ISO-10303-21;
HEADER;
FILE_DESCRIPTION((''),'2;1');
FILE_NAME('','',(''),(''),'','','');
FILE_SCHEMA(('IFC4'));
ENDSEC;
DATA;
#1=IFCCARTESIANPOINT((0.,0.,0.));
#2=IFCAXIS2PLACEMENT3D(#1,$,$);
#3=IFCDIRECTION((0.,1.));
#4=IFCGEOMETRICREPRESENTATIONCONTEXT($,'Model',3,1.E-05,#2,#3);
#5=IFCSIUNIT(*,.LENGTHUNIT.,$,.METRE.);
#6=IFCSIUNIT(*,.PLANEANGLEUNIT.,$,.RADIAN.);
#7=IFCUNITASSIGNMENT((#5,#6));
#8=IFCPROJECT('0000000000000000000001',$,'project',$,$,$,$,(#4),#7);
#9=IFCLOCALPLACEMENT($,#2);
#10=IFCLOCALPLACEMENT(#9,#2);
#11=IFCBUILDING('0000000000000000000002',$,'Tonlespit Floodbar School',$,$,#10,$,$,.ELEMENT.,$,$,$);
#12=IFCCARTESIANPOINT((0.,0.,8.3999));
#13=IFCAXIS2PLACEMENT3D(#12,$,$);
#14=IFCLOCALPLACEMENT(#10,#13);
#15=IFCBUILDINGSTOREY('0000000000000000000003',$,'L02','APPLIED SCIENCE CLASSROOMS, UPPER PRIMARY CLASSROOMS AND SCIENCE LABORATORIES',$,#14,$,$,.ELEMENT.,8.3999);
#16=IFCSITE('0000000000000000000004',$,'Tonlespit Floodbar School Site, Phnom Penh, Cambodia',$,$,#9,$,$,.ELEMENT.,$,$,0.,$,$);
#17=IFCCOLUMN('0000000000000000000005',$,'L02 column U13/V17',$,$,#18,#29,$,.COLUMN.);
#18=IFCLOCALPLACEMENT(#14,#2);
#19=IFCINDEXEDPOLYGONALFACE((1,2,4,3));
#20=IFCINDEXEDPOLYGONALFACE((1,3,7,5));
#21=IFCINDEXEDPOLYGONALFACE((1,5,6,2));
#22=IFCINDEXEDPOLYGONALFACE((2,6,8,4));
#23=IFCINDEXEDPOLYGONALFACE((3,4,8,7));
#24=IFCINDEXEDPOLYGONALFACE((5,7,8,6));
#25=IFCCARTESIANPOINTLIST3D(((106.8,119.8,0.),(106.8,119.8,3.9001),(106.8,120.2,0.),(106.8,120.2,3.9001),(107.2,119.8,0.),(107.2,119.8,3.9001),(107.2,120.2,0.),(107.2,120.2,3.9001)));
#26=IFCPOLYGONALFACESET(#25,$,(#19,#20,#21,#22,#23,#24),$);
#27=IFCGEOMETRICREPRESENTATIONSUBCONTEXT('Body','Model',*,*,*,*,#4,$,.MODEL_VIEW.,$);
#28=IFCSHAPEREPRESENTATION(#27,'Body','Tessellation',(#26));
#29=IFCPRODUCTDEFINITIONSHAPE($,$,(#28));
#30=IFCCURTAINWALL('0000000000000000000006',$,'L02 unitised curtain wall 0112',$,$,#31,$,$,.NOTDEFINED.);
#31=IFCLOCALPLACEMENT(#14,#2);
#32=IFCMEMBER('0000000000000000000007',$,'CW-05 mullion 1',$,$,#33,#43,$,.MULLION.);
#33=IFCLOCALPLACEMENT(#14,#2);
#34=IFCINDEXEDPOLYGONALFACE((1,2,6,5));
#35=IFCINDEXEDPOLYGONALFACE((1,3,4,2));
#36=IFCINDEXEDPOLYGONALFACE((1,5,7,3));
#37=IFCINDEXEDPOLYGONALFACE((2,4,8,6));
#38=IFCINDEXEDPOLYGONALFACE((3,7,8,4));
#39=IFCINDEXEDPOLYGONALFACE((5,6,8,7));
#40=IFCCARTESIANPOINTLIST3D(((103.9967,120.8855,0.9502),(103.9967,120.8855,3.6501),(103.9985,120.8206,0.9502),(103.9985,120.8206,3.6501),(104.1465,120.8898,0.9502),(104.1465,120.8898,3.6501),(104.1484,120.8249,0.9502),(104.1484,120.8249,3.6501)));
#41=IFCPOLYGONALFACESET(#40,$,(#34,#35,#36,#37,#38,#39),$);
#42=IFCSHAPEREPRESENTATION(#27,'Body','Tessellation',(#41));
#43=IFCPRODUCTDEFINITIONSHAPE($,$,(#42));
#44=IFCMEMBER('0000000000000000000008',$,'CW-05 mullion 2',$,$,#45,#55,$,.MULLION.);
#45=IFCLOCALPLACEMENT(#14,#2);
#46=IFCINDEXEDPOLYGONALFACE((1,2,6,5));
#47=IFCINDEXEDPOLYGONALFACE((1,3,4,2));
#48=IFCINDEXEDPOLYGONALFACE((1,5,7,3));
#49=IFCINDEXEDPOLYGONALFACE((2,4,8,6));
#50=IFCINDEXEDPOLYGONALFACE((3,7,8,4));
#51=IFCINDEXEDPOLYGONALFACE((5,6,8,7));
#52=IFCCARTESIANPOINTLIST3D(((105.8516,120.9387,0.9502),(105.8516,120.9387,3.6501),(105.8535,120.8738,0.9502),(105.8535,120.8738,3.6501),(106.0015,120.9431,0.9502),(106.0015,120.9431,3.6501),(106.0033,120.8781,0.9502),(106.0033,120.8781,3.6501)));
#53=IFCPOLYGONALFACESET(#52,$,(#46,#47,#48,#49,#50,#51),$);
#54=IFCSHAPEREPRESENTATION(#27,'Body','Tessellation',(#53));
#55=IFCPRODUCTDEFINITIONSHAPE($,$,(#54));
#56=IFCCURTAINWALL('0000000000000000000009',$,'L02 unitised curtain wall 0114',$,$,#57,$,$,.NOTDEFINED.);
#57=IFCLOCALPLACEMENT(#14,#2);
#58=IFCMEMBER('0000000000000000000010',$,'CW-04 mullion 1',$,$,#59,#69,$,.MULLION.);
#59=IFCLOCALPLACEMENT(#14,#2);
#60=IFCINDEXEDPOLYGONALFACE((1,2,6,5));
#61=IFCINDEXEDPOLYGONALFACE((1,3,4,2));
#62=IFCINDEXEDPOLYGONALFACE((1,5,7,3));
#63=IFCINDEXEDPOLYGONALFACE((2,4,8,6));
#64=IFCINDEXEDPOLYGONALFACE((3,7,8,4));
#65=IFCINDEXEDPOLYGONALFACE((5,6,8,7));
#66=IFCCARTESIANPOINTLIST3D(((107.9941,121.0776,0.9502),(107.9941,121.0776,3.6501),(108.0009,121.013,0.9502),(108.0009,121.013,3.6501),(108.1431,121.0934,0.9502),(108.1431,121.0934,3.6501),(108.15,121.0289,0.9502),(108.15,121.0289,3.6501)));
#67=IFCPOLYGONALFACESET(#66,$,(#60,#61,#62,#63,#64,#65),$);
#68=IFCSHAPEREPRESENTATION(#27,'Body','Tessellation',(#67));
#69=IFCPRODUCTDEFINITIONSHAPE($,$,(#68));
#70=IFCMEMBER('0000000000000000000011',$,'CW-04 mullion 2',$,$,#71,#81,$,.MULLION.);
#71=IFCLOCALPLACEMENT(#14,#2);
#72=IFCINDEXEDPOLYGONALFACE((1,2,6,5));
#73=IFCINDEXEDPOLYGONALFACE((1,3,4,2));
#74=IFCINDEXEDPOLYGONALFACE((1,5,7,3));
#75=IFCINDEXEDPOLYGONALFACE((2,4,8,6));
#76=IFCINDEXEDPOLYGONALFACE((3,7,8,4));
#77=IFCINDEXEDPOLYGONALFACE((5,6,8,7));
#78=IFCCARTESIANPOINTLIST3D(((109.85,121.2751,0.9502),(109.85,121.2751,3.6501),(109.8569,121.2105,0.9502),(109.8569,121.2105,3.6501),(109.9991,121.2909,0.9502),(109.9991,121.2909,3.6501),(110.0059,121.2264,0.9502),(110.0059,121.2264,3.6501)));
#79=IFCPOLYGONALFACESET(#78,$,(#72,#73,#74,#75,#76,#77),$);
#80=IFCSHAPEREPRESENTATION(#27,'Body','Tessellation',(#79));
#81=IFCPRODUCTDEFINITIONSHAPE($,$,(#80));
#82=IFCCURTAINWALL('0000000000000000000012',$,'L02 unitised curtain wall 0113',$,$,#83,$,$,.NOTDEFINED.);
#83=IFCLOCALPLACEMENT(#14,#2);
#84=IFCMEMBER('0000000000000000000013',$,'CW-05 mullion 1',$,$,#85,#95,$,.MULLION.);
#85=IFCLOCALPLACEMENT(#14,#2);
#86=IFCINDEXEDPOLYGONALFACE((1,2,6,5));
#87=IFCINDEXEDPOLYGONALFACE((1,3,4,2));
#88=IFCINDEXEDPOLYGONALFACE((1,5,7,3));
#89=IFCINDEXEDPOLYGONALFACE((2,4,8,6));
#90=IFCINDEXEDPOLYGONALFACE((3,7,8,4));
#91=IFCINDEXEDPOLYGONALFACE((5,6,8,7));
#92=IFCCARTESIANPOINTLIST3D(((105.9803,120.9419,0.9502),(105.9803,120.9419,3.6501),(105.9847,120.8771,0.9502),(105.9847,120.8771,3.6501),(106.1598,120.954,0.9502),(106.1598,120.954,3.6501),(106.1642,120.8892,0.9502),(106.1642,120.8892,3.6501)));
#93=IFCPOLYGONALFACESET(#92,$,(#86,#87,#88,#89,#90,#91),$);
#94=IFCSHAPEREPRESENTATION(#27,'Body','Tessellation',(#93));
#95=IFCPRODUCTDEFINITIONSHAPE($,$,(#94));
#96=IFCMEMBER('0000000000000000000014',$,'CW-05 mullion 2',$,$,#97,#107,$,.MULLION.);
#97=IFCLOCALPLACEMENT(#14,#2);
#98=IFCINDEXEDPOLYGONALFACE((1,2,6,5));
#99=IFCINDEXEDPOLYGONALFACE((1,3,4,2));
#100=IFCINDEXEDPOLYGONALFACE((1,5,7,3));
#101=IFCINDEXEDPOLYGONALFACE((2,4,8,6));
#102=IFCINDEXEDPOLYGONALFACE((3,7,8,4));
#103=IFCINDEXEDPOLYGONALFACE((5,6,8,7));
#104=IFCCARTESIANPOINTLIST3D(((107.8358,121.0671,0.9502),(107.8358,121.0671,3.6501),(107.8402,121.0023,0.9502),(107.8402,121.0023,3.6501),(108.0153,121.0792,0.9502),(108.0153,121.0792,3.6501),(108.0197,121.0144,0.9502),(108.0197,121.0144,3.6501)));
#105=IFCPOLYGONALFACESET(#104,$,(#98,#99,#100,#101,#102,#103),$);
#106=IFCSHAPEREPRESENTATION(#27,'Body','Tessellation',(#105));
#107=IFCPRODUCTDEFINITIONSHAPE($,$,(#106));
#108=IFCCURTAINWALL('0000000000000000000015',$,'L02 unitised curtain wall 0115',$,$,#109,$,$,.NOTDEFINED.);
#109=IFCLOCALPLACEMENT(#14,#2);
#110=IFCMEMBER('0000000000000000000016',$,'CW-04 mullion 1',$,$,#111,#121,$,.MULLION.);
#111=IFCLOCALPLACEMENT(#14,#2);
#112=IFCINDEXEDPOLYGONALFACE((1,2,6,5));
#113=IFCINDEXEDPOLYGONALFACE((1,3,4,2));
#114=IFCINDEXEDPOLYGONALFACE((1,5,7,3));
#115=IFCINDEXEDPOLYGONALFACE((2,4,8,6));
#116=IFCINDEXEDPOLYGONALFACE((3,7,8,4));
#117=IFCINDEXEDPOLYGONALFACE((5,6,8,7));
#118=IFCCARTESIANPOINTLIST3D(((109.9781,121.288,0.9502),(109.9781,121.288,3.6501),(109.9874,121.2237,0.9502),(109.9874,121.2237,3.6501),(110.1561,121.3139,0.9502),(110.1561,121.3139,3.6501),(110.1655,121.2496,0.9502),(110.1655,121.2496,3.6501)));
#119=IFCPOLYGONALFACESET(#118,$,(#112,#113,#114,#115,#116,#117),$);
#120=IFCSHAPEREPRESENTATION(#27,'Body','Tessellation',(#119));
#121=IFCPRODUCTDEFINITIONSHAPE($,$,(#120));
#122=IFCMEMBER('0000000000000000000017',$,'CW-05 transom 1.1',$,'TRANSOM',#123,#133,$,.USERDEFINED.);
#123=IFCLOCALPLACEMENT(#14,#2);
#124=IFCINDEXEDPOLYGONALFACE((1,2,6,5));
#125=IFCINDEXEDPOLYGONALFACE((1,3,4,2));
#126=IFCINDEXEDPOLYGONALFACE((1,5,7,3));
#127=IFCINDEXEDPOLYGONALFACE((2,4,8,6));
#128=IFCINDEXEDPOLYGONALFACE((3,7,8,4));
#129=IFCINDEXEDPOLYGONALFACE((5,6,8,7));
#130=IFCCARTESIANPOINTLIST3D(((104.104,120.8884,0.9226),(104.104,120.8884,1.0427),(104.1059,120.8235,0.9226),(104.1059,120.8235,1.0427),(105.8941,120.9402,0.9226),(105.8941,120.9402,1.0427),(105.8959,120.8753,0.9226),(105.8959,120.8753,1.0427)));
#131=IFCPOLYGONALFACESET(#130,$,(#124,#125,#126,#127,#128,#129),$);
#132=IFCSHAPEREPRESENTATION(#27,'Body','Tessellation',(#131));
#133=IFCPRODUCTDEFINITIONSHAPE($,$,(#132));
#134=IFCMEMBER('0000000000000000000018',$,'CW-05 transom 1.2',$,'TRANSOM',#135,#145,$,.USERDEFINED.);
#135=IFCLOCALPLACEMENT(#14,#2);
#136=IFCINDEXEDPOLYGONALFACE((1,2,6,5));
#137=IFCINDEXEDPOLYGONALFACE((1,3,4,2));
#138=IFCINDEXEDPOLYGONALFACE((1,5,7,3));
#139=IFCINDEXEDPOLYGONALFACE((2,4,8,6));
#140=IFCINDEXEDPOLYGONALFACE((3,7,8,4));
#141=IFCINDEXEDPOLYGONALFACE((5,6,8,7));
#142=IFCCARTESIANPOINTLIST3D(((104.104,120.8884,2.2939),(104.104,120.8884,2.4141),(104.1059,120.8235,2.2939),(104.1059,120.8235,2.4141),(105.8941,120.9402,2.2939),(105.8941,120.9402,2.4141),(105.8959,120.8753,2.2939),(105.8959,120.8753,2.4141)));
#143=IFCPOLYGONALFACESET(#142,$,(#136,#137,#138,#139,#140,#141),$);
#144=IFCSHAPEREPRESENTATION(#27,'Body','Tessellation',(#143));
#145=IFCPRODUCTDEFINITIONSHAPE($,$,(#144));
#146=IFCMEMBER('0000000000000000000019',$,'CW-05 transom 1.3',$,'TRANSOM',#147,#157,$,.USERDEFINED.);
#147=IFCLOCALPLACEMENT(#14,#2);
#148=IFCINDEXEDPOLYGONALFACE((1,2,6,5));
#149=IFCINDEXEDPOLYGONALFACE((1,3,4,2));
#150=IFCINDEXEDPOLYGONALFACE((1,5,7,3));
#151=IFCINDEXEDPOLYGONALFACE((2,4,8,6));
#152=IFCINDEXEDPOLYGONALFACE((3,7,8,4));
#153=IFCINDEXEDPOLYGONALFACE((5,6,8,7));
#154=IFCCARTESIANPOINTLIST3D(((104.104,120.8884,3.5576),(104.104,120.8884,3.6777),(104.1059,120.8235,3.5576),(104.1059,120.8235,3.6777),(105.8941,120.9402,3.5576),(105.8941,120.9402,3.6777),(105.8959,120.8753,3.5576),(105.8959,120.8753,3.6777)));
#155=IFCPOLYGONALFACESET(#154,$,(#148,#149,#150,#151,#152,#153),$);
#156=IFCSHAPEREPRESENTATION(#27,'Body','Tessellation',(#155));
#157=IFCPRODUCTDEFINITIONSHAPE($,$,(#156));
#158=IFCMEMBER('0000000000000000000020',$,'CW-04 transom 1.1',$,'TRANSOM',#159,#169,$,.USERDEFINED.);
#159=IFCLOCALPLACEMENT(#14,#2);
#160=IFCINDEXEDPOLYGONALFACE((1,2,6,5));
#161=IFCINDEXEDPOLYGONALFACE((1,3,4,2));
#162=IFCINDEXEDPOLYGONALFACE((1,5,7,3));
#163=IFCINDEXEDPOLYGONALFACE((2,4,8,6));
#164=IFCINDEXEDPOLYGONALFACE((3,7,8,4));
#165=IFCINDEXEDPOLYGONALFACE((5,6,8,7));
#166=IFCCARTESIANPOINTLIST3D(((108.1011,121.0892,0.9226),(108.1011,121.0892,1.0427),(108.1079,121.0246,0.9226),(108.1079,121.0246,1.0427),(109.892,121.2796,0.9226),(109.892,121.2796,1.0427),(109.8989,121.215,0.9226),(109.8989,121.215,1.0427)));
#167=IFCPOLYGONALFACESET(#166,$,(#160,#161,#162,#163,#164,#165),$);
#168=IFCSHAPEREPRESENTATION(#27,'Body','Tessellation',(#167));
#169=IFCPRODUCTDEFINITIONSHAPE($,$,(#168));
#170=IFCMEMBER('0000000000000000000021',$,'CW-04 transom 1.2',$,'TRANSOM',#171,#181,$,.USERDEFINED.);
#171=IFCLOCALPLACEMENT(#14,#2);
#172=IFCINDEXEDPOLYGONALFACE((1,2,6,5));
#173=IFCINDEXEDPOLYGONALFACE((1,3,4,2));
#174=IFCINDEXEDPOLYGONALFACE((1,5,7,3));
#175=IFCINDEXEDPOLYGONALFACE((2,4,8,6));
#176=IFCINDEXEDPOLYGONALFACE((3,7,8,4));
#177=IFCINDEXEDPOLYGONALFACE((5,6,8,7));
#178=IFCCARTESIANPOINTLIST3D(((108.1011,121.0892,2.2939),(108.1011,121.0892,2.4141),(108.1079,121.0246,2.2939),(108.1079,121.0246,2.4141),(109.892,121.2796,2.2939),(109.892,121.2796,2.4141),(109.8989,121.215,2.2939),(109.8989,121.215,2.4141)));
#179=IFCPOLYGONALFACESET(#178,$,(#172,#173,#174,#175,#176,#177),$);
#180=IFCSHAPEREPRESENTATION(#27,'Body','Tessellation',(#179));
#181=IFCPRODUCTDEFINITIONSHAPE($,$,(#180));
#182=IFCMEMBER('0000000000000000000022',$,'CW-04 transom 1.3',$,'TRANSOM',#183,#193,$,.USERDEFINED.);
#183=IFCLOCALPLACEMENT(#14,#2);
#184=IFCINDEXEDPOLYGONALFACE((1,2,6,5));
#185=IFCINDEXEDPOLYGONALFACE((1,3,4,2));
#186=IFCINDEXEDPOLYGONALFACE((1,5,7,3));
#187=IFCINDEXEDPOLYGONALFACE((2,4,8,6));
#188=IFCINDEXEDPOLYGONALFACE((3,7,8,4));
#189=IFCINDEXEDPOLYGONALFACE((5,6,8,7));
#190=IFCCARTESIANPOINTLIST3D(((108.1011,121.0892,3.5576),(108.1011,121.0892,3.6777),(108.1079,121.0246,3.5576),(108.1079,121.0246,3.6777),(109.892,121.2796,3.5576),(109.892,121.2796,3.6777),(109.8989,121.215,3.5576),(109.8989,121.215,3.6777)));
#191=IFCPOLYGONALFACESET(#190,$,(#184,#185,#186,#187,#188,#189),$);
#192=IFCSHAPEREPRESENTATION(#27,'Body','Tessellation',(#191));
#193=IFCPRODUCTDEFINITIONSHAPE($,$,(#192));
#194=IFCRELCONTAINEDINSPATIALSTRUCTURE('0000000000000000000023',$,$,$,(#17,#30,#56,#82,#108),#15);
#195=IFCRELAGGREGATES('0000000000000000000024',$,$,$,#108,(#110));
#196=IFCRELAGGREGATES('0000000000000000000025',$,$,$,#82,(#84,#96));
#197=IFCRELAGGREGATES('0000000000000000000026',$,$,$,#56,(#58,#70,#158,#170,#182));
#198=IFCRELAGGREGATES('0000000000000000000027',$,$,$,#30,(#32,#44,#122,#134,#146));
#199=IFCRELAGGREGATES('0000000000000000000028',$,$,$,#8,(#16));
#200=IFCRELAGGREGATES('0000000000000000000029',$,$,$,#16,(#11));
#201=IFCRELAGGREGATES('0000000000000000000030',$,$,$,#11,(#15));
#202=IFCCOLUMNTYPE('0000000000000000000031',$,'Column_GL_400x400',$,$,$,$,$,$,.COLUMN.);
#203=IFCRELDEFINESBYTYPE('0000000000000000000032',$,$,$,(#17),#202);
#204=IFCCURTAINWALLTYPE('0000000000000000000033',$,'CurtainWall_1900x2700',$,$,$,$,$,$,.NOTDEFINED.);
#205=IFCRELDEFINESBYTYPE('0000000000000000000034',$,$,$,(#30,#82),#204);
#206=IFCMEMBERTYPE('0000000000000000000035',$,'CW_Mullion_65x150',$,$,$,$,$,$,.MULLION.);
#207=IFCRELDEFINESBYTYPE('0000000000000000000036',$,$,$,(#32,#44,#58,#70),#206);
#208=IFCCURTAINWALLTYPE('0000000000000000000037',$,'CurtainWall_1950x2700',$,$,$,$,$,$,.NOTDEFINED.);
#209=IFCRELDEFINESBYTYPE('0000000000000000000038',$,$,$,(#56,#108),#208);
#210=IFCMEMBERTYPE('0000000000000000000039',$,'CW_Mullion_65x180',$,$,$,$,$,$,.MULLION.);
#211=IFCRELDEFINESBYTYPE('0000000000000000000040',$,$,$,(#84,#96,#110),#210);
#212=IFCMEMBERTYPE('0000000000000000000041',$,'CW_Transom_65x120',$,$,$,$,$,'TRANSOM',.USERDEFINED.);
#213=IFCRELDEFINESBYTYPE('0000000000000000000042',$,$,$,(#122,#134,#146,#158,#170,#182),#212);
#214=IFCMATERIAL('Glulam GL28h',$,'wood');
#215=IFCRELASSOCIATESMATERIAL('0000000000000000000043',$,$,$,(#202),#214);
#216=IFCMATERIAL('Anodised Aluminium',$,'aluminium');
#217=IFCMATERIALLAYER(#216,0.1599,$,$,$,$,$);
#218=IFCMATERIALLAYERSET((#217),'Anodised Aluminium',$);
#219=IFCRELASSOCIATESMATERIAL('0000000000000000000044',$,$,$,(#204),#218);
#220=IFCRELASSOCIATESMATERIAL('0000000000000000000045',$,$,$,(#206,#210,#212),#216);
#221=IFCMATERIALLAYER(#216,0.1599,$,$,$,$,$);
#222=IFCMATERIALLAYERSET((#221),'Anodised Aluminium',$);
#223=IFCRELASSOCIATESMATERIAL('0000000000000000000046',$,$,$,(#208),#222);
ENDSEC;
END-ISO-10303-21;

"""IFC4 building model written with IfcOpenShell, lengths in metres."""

from ifc_helpers import new_model, si_unit, direction, frame, origin, origin_2d, place, context, subcontext, project, spatial, rectangle, extrude, material, layer, layer_set, material_profile, profile_set, type_object, element, aggregate, save


model = new_model("IFC4")

# Units and contexts
model_context = context("Model", 3, precision=1e-05, world=origin(), true_north=direction((0.0, 1.0)))
body_context = subcontext(model_context, "Body", "Model", "MODEL_VIEW")
ifc_project = project(units=[si_unit("LENGTHUNIT", "METRE"), si_unit("PLANEANGLEUNIT", "RADIAN")], contexts=[model_context])

# Site, building, storey
site_placement = place(None, origin())
site = spatial("IfcSite", under=ifc_project, at=site_placement, Name="Tonlespit Floodbar School Site, Phnom Penh, Cambodia", CompositionType="ELEMENT", RefElevation=0.0)
building_placement = place(site_placement, origin())
building = spatial("IfcBuilding", under=site, at=building_placement, Name="Tonlespit Floodbar School", CompositionType="ELEMENT")
storey_placement = place(building_placement, frame((0.0, 0.0, 8.3999)))
storey = spatial("IfcBuildingStorey", under=building, at=storey_placement, Name="L02", Description="APPLIED SCIENCE CLASSROOMS, UPPER PRIMARY CLASSROOMS AND SCIENCE LABORATORIES", CompositionType="ELEMENT", Elevation=8.3999)

# Column
ifc_material_1 = material(Name="Glulam GL28h", Category="wood")
ifc_material_profile_1 = material_profile(ifc_material_1, rectangle(XDim=0.3999, YDim=0.3999, at=origin_2d()), Name="GL 400x400")
ifc_profile_set_1 = profile_set([ifc_material_profile_1], Name="Glulam GL28h")
column_type = type_object("IfcColumnType", Name="Column_GL_400x400", PredefinedType="COLUMN", material=ifc_profile_set_1)
column_placement = place(storey_placement, frame((107.0, 120.0, 0.0), z_axis=(0.0, 0.0, 1.0), x_axis=(1.0, 0.0, 0.0)))
element("IfcColumn", 1, at=column_placement, inside=storey, type_object=column_type, Name="L02 column U13/V17", PredefinedType="COLUMN", context=body_context, shape_type="SweptSolid", body=[
    extrude(rectangle(XDim=0.3999, YDim=0.3999, at=origin_2d()), origin(), (0.0, 0.0, 1.0), 3.9001),
])

# Curtain walls, members
ifc_material_2 = material(Name="Anodised Aluminium", Category="aluminium")
ifc_layer_1 = layer(ifc_material_2, 0.1599)
ifc_layer_set_1 = layer_set([ifc_layer_1], Name="Anodised Aluminium")
curtain_wall_type_1 = type_object("IfcCurtainWallType", Name="CurtainWall_1900x2700", PredefinedType="NOTDEFINED", material=ifc_layer_set_1)
curtain_wall_1_placement = place(storey_placement, origin())
curtain_wall_1 = element("IfcCurtainWall", 2, at=curtain_wall_1_placement, inside=storey, type_object=curtain_wall_type_1, Name="L02 unitised curtain wall 0112", PredefinedType="NOTDEFINED")
ifc_material_profile_2 = material_profile(ifc_material_2, rectangle(XDim=0.0649, YDim=0.1499, at=origin_2d()), Name="ALU M65x150")
ifc_profile_set_2 = profile_set([ifc_material_profile_2], Name="Anodised Aluminium")
member_type_1 = type_object("IfcMemberType", Name="CW_Mullion_65x150", PredefinedType="MULLION", material=ifc_profile_set_2)
member_1_placement = place(storey_placement, frame((104.0725, 120.8552, 0.9502), z_axis=(0.0, 0.0, 1.0), x_axis=(-0.02879, 0.999585, 0.0)))
member_1 = element("IfcMember", 3, at=member_1_placement, type_object=member_type_1, Name="CW-05 mullion 1", PredefinedType="MULLION", context=body_context, shape_type="SweptSolid", body=[
    extrude(rectangle(XDim=0.0649, YDim=0.1499, at=origin_2d()), origin(), (0.0, 0.0, 1.0), 2.7),
])
member_2_placement = place(storey_placement, frame((105.9275, 120.9084, 0.9502), z_axis=(0.0, 0.0, 1.0), x_axis=(-0.02879, 0.999585, 0.0)))
member_2 = element("IfcMember", 4, at=member_2_placement, type_object=member_type_1, Name="CW-05 mullion 2", PredefinedType="MULLION", context=body_context, shape_type="SweptSolid", body=[
    extrude(rectangle(XDim=0.0649, YDim=0.1499, at=origin_2d()), origin(), (0.0, 0.0, 1.0), 2.7),
])
ifc_layer_2 = layer(ifc_material_2, 0.1599)
ifc_layer_set_2 = layer_set([ifc_layer_2], Name="Anodised Aluminium")
curtain_wall_type_2 = type_object("IfcCurtainWallType", Name="CurtainWall_1950x2700", PredefinedType="NOTDEFINED", material=ifc_layer_set_2)
curtain_wall_2_placement = place(storey_placement, origin())
curtain_wall_2 = element("IfcCurtainWall", 5, at=curtain_wall_2_placement, inside=storey, type_object=curtain_wall_type_2, Name="L02 unitised curtain wall 0114", PredefinedType="NOTDEFINED")
member_3_placement = place(storey_placement, frame((108.072, 121.0532, 0.9502), z_axis=(0.0, 0.0, 1.0), x_axis=(-0.105787, 0.994389, 0.0)))
member_3 = element("IfcMember", 6, at=member_3_placement, type_object=member_type_1, Name="CW-04 mullion 1", PredefinedType="MULLION", context=body_context, shape_type="SweptSolid", body=[
    extrude(rectangle(XDim=0.0649, YDim=0.1499, at=origin_2d()), origin(), (0.0, 0.0, 1.0), 2.7),
])
member_4_placement = place(storey_placement, frame((109.928, 121.2507, 0.9502), z_axis=(0.0, 0.0, 1.0), x_axis=(-0.105787, 0.994389, 0.0)))
member_4 = element("IfcMember", 7, at=member_4_placement, type_object=member_type_1, Name="CW-04 mullion 2", PredefinedType="MULLION", context=body_context, shape_type="SweptSolid", body=[
    extrude(rectangle(XDim=0.0649, YDim=0.1499, at=origin_2d()), origin(), (0.0, 0.0, 1.0), 2.7),
])
curtain_wall_3_placement = place(storey_placement, origin())
curtain_wall_3 = element("IfcCurtainWall", 8, at=curtain_wall_3_placement, inside=storey, type_object=curtain_wall_type_1, Name="L02 unitised curtain wall 0113", PredefinedType="NOTDEFINED")
ifc_material_profile_3 = material_profile(ifc_material_2, rectangle(XDim=0.0649, YDim=0.1799, at=origin_2d()), Name="ALU M65x180")
ifc_profile_set_3 = profile_set([ifc_material_profile_3], Name="Anodised Aluminium")
member_type_2 = type_object("IfcMemberType", Name="CW_Mullion_65x180", PredefinedType="MULLION", material=ifc_profile_set_3)
member_5_placement = place(storey_placement, frame((106.0723, 120.9155, 0.9502), z_axis=(0.0, 0.0, 1.0), x_axis=(-0.06734, 0.99773, 0.0)))
member_5 = element("IfcMember", 9, at=member_5_placement, type_object=member_type_2, Name="CW-05 mullion 1", PredefinedType="MULLION", context=body_context, shape_type="SweptSolid", body=[
    extrude(rectangle(XDim=0.0649, YDim=0.1799, at=origin_2d()), origin(), (0.0, 0.0, 1.0), 2.7),
])
member_6_placement = place(storey_placement, frame((107.9277, 121.0408, 0.9502), z_axis=(0.0, 0.0, 1.0), x_axis=(-0.06734, 0.99773, 0.0)))
member_6 = element("IfcMember", 10, at=member_6_placement, type_object=member_type_2, Name="CW-05 mullion 2", PredefinedType="MULLION", context=body_context, shape_type="SweptSolid", body=[
    extrude(rectangle(XDim=0.0649, YDim=0.1799, at=origin_2d()), origin(), (0.0, 0.0, 1.0), 2.7),
])

# Curtain wall, member
curtain_wall_4_placement = place(storey_placement, origin())
curtain_wall_4 = element("IfcCurtainWall", 11, at=curtain_wall_4_placement, inside=storey, type_object=curtain_wall_type_2, Name="L02 unitised curtain wall 0115", PredefinedType="NOTDEFINED")
member_7_placement = place(storey_placement, frame((110.0718, 121.2688, 0.9502), z_axis=(0.0, 0.0, 1.0), x_axis=(-0.144248, 0.989542, 0.0)))
member_7 = element("IfcMember", 12, at=member_7_placement, type_object=member_type_2, Name="CW-04 mullion 1", PredefinedType="MULLION", context=body_context, shape_type="SweptSolid", body=[
    extrude(rectangle(XDim=0.0649, YDim=0.1799, at=origin_2d()), origin(), (0.0, 0.0, 1.0), 2.7),
])

# Members
ifc_material_profile_4 = material_profile(ifc_material_2, rectangle(XDim=0.0649, YDim=0.1201, at=origin_2d()), Name="ALU T65x120")
ifc_profile_set_4 = profile_set([ifc_material_profile_4], Name="Anodised Aluminium")
member_type_3 = type_object("IfcMemberType", Name="CW_Transom_65x120", ElementType="TRANSOM", PredefinedType="USERDEFINED", material=ifc_profile_set_4)
member_8_placement = place(storey_placement, frame((104.105, 120.856, 0.9827), z_axis=(0.999582, 0.028902, 0.0), x_axis=(-0.028902, 0.999582, 0.0)))
member_8 = element("IfcMember", 13, at=member_8_placement, type_object=member_type_3, Name="CW-05 transom 1.1", ObjectType="TRANSOM", PredefinedType="USERDEFINED", context=body_context, shape_type="SweptSolid", body=[
    extrude(rectangle(XDim=0.0649, YDim=0.1201, at=origin_2d()), origin(), (0.0, 0.0, 1.0), 1.7908),
])
member_9_placement = place(storey_placement, frame((104.105, 120.856, 2.354), z_axis=(0.999582, 0.028902, 0.0), x_axis=(-0.028902, 0.999582, 0.0)))
member_9 = element("IfcMember", 14, at=member_9_placement, type_object=member_type_3, Name="CW-05 transom 1.2", ObjectType="TRANSOM", PredefinedType="USERDEFINED", context=body_context, shape_type="SweptSolid", body=[
    extrude(rectangle(XDim=0.0649, YDim=0.1201, at=origin_2d()), origin(), (0.0, 0.0, 1.0), 1.7908),
])
member_10_placement = place(storey_placement, frame((104.105, 120.856, 3.6177), z_axis=(0.999582, 0.028902, 0.0), x_axis=(-0.028902, 0.999582, 0.0)))
member_10 = element("IfcMember", 15, at=member_10_placement, type_object=member_type_3, Name="CW-05 transom 1.3", ObjectType="TRANSOM", PredefinedType="USERDEFINED", context=body_context, shape_type="SweptSolid", body=[
    extrude(rectangle(XDim=0.0649, YDim=0.1201, at=origin_2d()), origin(), (0.0, 0.0, 1.0), 1.7908),
])
member_11_placement = place(storey_placement, frame((108.1045, 121.0569, 0.9827), z_axis=(0.994395, 0.105729, 0.0), x_axis=(-0.105729, 0.994395, 0.0)))
member_11 = element("IfcMember", 16, at=member_11_placement, type_object=member_type_3, Name="CW-04 transom 1.1", ObjectType="TRANSOM", PredefinedType="USERDEFINED", context=body_context, shape_type="SweptSolid", body=[
    extrude(rectangle(XDim=0.0649, YDim=0.1201, at=origin_2d()), origin(), (0.0, 0.0, 1.0), 1.801),
])
member_12_placement = place(storey_placement, frame((108.1045, 121.0569, 2.354), z_axis=(0.994395, 0.105729, 0.0), x_axis=(-0.105729, 0.994395, 0.0)))
member_12 = element("IfcMember", 17, at=member_12_placement, type_object=member_type_3, Name="CW-04 transom 1.2", ObjectType="TRANSOM", PredefinedType="USERDEFINED", context=body_context, shape_type="SweptSolid", body=[
    extrude(rectangle(XDim=0.0649, YDim=0.1201, at=origin_2d()), origin(), (0.0, 0.0, 1.0), 1.801),
])
member_13_placement = place(storey_placement, frame((108.1045, 121.0569, 3.6177), z_axis=(0.994395, 0.105729, 0.0), x_axis=(-0.105729, 0.994395, 0.0)))
member_13 = element("IfcMember", 18, at=member_13_placement, type_object=member_type_3, Name="CW-04 transom 1.3", ObjectType="TRANSOM", PredefinedType="USERDEFINED", context=body_context, shape_type="SweptSolid", body=[
    extrude(rectangle(XDim=0.0649, YDim=0.1201, at=origin_2d()), origin(), (0.0, 0.0, 1.0), 1.801),
])
aggregate(curtain_wall_4, [member_7])

aggregate(curtain_wall_3, [member_5, member_6])
aggregate(curtain_wall_2, [member_3, member_4, member_11, member_12, member_13])
aggregate(curtain_wall_1, [member_1, member_2, member_8, member_9, member_10])

save(model, "model.ifc")
